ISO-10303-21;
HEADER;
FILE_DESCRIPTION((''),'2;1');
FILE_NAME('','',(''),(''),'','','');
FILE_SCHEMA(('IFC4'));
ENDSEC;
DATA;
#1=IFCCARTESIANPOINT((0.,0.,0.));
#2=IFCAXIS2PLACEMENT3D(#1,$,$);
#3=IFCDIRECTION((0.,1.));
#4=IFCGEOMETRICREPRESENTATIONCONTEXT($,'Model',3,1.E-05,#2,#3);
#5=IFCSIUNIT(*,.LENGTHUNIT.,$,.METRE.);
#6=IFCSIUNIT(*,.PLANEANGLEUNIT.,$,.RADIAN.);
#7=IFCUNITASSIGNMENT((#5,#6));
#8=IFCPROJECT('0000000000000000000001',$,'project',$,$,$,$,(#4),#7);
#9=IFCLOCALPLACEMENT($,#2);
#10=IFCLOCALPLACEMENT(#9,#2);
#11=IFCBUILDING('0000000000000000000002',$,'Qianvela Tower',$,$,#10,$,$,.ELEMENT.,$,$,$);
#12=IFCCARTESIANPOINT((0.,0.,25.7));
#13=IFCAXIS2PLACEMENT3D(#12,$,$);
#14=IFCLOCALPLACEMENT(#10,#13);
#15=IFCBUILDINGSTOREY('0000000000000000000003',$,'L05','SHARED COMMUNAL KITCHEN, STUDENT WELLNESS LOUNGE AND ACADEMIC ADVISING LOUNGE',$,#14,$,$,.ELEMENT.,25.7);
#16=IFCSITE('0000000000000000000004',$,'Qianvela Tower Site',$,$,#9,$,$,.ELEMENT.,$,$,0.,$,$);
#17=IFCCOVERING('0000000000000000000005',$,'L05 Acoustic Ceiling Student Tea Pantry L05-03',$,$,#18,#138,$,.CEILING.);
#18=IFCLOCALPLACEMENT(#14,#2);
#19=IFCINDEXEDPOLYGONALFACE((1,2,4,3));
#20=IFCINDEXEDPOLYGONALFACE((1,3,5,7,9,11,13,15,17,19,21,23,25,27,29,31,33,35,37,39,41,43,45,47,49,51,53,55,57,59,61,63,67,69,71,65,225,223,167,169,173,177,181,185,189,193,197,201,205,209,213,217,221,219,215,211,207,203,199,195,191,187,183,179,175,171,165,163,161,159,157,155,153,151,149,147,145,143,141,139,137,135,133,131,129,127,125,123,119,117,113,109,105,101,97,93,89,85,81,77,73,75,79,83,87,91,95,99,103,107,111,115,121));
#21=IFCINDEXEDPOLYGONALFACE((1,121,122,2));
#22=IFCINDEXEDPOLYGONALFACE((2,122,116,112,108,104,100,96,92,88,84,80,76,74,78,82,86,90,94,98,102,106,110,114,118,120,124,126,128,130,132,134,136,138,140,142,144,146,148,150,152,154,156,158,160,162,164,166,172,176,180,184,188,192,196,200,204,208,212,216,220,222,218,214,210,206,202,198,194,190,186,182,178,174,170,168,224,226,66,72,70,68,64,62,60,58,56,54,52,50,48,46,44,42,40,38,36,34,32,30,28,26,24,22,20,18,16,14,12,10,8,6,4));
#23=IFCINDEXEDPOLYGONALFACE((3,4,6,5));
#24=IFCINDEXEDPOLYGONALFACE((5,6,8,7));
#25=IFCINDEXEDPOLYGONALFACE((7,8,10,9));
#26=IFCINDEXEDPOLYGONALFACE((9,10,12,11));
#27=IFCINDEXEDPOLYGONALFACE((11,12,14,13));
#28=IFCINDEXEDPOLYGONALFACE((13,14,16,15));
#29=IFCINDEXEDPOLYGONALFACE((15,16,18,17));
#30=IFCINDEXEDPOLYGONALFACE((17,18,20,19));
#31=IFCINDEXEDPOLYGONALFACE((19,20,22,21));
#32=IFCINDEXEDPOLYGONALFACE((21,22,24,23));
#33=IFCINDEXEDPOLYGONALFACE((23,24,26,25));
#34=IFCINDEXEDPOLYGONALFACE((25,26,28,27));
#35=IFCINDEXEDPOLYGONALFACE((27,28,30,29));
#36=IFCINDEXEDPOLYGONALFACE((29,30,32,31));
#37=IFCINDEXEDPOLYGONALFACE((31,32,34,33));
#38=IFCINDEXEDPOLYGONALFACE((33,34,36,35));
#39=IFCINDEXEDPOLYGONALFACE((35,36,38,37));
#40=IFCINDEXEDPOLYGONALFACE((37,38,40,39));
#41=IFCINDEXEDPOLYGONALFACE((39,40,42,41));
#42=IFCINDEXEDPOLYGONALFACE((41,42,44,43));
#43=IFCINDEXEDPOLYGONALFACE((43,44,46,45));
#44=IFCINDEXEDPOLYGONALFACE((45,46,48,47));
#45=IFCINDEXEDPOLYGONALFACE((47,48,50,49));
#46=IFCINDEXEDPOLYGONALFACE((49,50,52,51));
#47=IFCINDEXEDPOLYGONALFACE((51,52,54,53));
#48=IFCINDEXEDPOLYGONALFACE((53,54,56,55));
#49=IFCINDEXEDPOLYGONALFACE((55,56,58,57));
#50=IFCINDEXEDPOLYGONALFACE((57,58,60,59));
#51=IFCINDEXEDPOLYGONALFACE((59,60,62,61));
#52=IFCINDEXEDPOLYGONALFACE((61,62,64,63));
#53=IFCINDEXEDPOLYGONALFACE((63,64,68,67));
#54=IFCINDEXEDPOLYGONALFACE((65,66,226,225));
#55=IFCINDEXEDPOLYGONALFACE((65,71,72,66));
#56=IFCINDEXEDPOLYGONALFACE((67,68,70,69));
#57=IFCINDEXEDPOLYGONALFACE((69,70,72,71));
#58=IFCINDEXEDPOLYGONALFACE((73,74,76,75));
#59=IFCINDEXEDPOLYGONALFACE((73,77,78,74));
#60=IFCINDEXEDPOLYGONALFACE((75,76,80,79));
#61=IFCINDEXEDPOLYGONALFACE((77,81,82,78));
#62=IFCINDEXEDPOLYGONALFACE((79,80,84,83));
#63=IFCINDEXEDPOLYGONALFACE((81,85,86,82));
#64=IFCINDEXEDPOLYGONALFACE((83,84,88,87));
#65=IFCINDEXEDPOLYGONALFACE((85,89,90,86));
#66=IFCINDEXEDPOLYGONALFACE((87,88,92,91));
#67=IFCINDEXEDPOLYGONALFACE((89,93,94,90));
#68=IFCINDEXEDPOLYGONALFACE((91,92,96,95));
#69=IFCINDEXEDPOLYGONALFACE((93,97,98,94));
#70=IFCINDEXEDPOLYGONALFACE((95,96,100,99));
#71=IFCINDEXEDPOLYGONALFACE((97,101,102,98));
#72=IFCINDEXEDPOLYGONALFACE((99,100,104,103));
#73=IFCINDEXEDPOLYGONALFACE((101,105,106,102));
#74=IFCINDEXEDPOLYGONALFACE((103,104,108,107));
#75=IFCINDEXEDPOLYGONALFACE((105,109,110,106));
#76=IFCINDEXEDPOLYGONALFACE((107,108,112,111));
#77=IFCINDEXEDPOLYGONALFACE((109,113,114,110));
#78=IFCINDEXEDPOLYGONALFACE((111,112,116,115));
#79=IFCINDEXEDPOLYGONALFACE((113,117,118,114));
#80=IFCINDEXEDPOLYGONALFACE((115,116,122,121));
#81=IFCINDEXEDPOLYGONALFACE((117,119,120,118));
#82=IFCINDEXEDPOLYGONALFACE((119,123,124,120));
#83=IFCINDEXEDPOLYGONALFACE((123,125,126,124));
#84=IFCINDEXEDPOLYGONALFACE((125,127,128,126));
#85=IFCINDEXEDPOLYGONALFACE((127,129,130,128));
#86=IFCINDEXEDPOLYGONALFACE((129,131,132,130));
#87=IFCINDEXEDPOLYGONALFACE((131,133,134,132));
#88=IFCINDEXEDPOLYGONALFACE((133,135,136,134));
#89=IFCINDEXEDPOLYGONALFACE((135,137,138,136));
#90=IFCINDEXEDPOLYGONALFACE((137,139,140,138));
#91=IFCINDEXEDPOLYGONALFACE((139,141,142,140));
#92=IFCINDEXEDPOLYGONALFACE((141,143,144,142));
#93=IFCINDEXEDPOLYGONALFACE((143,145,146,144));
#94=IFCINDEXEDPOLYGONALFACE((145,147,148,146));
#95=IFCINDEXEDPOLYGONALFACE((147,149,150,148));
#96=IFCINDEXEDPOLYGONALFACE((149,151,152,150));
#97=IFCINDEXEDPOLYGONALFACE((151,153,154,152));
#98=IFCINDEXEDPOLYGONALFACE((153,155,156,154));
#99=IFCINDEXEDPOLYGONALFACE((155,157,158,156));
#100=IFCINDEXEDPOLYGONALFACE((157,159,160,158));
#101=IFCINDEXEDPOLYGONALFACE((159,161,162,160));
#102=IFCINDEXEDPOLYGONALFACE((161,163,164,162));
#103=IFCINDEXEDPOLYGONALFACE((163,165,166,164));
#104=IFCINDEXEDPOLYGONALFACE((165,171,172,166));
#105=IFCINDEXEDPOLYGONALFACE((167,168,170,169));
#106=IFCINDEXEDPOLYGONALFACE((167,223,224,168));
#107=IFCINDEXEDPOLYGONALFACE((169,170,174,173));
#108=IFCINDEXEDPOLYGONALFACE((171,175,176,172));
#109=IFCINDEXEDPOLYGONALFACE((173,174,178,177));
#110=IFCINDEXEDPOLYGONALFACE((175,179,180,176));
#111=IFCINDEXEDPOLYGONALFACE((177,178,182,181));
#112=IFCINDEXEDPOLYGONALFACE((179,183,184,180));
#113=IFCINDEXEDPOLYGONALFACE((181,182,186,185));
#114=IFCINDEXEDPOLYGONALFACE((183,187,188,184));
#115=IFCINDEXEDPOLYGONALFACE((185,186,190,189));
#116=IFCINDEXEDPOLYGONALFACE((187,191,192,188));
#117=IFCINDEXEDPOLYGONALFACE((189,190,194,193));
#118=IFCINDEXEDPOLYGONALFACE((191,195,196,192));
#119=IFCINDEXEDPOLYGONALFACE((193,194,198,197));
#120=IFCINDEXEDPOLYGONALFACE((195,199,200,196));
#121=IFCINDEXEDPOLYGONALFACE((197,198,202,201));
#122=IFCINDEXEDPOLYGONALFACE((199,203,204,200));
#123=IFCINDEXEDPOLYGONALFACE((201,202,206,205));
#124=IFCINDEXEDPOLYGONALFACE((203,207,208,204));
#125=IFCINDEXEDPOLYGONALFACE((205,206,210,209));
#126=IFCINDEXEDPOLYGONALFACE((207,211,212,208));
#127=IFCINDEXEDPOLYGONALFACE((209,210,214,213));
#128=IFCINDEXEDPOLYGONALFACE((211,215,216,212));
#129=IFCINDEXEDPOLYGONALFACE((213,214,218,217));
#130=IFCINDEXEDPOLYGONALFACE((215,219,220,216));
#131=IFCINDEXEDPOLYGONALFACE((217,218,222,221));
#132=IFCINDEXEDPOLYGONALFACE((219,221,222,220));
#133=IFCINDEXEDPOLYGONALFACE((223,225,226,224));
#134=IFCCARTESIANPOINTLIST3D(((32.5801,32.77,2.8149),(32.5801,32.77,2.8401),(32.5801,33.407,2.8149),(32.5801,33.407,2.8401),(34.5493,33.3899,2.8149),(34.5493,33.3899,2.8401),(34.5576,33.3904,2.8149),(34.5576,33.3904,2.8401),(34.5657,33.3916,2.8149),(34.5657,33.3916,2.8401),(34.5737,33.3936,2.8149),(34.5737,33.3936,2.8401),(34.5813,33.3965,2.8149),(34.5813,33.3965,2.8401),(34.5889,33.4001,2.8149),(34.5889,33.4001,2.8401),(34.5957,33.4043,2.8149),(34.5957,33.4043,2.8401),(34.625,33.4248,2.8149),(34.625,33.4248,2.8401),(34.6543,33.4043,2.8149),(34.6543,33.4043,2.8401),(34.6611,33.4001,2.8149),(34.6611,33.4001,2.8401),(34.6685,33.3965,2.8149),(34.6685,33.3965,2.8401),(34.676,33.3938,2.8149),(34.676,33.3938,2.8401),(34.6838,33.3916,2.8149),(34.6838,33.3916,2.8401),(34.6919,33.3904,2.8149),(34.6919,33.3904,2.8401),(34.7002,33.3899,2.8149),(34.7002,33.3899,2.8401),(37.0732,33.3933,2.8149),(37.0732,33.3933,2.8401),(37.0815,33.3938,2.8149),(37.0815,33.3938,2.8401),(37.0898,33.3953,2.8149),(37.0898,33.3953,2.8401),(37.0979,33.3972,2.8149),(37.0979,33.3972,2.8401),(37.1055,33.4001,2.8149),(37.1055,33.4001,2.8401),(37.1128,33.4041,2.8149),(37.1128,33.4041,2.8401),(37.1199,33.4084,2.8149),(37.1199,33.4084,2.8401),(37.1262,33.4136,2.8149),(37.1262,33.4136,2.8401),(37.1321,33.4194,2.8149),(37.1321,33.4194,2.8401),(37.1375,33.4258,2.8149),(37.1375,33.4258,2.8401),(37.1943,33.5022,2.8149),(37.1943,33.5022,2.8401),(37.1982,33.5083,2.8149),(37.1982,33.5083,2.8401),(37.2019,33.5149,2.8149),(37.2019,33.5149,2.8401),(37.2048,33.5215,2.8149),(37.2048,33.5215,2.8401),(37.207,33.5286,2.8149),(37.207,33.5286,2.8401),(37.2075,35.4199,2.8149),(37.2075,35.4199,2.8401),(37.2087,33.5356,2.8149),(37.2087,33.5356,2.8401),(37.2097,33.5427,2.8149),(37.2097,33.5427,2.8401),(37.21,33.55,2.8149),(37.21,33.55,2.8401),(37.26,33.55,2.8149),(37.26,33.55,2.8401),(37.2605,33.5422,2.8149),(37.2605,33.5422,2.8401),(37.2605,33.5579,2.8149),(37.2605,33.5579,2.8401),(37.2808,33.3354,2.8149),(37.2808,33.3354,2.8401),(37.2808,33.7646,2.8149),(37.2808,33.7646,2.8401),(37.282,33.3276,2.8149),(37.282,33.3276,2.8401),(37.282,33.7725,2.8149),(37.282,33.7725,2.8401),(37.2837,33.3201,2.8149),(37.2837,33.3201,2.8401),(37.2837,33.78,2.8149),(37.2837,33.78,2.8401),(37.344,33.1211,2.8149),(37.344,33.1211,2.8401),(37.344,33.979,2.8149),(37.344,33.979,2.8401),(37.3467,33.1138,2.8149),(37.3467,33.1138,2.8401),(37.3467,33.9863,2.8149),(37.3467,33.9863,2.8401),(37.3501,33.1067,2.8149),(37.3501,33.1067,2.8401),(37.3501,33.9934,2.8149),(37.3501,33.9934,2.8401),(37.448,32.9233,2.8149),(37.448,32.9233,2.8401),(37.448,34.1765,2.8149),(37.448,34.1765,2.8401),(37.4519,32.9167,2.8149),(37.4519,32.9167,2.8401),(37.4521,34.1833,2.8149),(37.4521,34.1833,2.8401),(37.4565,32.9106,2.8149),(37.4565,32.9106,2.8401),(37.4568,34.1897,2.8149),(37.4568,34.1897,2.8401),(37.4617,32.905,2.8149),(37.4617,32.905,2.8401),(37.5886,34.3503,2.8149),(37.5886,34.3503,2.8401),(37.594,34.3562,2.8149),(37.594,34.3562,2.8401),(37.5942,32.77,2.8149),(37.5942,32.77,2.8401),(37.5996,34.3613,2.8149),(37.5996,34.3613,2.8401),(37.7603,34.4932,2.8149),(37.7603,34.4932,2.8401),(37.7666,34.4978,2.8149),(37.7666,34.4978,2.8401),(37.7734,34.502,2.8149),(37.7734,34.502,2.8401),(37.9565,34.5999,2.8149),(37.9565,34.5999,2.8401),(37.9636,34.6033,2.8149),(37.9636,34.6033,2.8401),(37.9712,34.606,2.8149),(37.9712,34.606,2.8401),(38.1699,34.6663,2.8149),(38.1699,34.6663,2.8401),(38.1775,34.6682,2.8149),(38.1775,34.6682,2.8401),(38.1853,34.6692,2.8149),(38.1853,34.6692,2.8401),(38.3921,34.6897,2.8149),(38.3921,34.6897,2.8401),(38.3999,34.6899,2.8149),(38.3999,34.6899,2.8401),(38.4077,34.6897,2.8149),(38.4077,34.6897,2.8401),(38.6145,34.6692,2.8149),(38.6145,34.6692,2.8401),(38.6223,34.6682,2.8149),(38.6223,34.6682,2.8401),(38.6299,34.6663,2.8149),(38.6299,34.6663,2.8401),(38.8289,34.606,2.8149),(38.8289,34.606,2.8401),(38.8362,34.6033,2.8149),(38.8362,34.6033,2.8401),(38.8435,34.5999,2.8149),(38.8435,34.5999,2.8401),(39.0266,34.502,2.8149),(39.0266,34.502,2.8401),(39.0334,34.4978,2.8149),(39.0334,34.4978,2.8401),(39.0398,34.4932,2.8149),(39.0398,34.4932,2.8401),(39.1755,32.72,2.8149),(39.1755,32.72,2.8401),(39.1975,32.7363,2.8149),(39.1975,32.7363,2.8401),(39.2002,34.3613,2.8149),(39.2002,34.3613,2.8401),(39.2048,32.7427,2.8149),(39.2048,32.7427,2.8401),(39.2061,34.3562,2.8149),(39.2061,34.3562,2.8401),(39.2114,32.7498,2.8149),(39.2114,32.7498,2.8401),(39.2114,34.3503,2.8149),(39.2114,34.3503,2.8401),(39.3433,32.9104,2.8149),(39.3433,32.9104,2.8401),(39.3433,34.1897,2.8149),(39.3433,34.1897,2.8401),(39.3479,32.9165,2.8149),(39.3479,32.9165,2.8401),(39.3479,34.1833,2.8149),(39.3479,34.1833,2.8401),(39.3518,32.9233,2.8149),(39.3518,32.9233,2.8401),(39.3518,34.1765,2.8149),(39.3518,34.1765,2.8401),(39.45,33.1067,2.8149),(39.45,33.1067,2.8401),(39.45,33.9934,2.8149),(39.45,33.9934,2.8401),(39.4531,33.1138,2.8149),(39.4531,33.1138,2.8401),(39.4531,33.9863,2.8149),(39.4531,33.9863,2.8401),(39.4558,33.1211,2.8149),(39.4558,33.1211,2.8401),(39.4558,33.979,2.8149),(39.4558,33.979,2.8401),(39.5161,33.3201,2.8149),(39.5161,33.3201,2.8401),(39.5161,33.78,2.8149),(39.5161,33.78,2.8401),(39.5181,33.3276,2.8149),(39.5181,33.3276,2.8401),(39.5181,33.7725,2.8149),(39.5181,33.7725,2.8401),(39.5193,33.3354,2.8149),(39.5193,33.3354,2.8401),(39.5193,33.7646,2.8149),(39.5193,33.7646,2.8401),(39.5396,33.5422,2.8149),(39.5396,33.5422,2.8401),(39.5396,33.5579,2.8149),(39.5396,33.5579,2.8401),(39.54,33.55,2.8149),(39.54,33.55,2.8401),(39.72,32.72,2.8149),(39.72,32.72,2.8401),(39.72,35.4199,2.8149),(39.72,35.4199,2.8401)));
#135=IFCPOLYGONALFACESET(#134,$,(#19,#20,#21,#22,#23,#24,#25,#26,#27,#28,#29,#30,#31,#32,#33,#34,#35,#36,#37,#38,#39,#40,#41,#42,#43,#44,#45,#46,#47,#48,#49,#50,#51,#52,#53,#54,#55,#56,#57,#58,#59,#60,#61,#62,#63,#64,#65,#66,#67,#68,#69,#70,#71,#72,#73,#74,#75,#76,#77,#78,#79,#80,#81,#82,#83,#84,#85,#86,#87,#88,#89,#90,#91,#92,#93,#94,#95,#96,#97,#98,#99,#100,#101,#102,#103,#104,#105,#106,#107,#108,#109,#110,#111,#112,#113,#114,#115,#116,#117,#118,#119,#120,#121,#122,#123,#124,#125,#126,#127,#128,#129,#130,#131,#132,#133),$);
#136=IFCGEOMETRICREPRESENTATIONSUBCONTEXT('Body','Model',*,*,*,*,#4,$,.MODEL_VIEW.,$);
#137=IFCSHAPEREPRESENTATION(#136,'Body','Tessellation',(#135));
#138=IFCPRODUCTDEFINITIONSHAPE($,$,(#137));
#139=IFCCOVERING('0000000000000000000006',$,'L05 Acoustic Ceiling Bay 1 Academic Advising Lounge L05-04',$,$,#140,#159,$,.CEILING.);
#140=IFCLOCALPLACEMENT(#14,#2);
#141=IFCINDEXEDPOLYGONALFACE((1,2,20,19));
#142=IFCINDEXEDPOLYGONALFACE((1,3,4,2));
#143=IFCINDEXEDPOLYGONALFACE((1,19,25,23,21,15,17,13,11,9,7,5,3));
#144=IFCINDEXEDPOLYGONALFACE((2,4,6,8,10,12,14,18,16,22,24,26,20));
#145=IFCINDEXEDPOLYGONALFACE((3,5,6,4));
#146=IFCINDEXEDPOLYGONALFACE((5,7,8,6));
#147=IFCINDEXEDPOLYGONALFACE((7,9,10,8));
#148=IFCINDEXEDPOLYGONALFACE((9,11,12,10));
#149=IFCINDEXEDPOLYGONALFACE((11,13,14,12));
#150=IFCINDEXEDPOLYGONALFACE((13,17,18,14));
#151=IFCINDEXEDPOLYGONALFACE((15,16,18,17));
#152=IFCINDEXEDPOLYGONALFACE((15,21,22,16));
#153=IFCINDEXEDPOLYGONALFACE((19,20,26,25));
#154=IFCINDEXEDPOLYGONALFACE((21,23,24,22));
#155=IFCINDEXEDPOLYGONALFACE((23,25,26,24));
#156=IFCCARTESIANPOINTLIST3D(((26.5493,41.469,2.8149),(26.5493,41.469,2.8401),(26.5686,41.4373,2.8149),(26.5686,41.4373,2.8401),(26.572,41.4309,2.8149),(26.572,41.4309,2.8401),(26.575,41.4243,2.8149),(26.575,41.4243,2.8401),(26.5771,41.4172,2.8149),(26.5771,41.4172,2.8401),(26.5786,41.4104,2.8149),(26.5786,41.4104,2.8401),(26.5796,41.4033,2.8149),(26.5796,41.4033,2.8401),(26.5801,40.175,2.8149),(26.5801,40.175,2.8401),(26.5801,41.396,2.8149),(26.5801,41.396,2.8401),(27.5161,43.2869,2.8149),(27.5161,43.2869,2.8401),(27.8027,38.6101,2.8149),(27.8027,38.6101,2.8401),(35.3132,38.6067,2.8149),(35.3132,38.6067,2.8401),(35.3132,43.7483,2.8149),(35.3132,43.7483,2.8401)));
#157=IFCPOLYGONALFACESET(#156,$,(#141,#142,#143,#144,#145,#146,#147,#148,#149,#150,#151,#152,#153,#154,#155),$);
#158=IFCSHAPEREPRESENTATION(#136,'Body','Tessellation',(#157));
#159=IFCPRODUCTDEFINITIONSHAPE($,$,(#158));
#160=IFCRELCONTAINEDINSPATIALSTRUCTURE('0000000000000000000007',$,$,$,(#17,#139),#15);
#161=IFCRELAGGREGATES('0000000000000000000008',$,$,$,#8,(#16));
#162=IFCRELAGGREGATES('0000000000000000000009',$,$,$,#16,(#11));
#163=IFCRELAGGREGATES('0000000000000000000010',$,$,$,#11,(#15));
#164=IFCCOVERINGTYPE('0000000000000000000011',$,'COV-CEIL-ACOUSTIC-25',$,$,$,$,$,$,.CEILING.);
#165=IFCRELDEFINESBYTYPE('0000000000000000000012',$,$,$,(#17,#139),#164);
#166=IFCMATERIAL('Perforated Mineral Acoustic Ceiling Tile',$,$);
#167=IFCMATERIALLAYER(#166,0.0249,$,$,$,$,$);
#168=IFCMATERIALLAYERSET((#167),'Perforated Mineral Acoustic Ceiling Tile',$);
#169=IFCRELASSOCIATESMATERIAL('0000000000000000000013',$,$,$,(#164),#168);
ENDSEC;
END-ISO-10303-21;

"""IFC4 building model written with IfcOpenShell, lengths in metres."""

from ifc_helpers import new_model, si_unit, direction, frame, origin, place, context, subcontext, project, spatial, polyline, outline, extrude, material, layer, layer_set, type_object, element, save


model = new_model("IFC4")

# Units and contexts
model_context = context("Model", 3, precision=1e-05, world=origin(), true_north=direction((0.0, 1.0)))
body_context = subcontext(model_context, "Body", "Model", "MODEL_VIEW")
ifc_project = project(units=[si_unit("LENGTHUNIT", "METRE"), si_unit("PLANEANGLEUNIT", "RADIAN")], contexts=[model_context])

# Site, building, storey
site_placement = place(None, origin())
site = spatial("IfcSite", under=ifc_project, at=site_placement, Name="Qianvela Tower Site", CompositionType="ELEMENT", RefElevation=0.0)
building_placement = place(site_placement, origin())
building = spatial("IfcBuilding", under=site, at=building_placement, Name="Qianvela Tower", CompositionType="ELEMENT")
storey_placement = place(building_placement, frame((0.0, 0.0, 25.7)))
storey = spatial("IfcBuildingStorey", under=building, at=storey_placement, Name="L05", Description="SHARED COMMUNAL KITCHEN, STUDENT WELLNESS LOUNGE AND ACADEMIC ADVISING LOUNGE", CompositionType="ELEMENT", Elevation=25.7)

# Coverings
ifc_material_1 = material(Name="Perforated Mineral Acoustic Ceiling Tile")
ifc_layer_1 = layer(ifc_material_1, 0.0249)
ifc_layer_set_1 = layer_set([ifc_layer_1], Name="Perforated Mineral Acoustic Ceiling Tile")
covering_type_1 = type_object("IfcCoveringType", Name="COV-CEIL-ACOUSTIC-25", PredefinedType="CEILING", material=ifc_layer_set_1)
covering_1_placement = place(storey_placement, frame((0.0, 0.0, 2.8149)))
element("IfcCovering", 1, at=covering_1_placement, inside=storey, type_object=covering_type_1, Name="L05 Acoustic Ceiling Student Tea Pantry L05-03", PredefinedType="CEILING", context=body_context, shape_type="SweptSolid", body=[
    extrude(outline(polyline([(32.5801, 32.77), (32.5801, 33.407), (34.5493, 33.3899), (34.5576, 33.3904), (34.5657, 33.3916), (34.5737, 33.3936), (34.5813, 33.3965), (34.5889, 33.4001), (34.5957, 33.4043), (34.625, 33.4248), (34.6543, 33.4043), (34.6611, 33.4001), (34.6685, 33.3965), (34.676, 33.3938), (34.6838, 33.3916), (34.6919, 33.3904), (34.7002, 33.3899), (37.0732, 33.3933), (37.0815, 33.3938), (37.0898, 33.3953), (37.0979, 33.3972), (37.1055, 33.4001), (37.1128, 33.4041), (37.1199, 33.4084), (37.1262, 33.4136), (37.1321, 33.4194), (37.1375, 33.4258), (37.1943, 33.5022), (37.1982, 33.5083), (37.2019, 33.5149), (37.2048, 33.5215), (37.207, 33.5286), (37.2087, 33.5356), (37.2097, 33.5427), (37.21, 33.55), (37.2075, 35.4199), (39.72, 35.4199), (39.72, 32.72), (39.1755, 32.72), (39.1975, 32.7363), (39.2048, 32.7427), (39.2114, 32.7498), (39.3433, 32.9104), (39.3479, 32.9165), (39.3518, 32.9233), (39.45, 33.1067), (39.4531, 33.1138), (39.4558, 33.1211), (39.5161, 33.3201), (39.5181, 33.3276), (39.5193, 33.3354), (39.5396, 33.5422), (39.54, 33.55), (39.5396, 33.5579), (39.5193, 33.7646), (39.5181, 33.7725), (39.5161, 33.78), (39.4558, 33.979), (39.4531, 33.9863), (39.45, 33.9934), (39.3518, 34.1765), (39.3479, 34.1833), (39.3433, 34.1897), (39.2114, 34.3503), (39.2061, 34.3562), (39.2002, 34.3613), (39.0398, 34.4932), (39.0334, 34.4978), (39.0266, 34.502), (38.8435, 34.5999), (38.8362, 34.6033), (38.8289, 34.606), (38.6299, 34.6663), (38.6223, 34.6682), (38.6145, 34.6692), (38.4077, 34.6897), (38.3999, 34.6899), (38.3921, 34.6897), (38.1853, 34.6692), (38.1775, 34.6682), (38.1699, 34.6663), (37.9712, 34.606), (37.9636, 34.6033), (37.9565, 34.5999), (37.7734, 34.502), (37.7666, 34.4978), (37.7603, 34.4932), (37.5996, 34.3613), (37.594, 34.3562), (37.5886, 34.3503), (37.4568, 34.1897), (37.4521, 34.1833), (37.448, 34.1765), (37.3501, 33.9934), (37.3467, 33.9863), (37.344, 33.979), (37.2837, 33.78), (37.282, 33.7725), (37.2808, 33.7646), (37.2605, 33.5579), (37.26, 33.55), (37.2605, 33.5422), (37.2808, 33.3354), (37.282, 33.3276), (37.2837, 33.3201), (37.344, 33.1211), (37.3467, 33.1138), (37.3501, 33.1067), (37.448, 32.9233), (37.4519, 32.9167), (37.4565, 32.9106), (37.4617, 32.905), (37.5942, 32.77), (32.5801, 32.77)])), origin(), (0.0, 0.0, 1.0), 0.0251),
])
covering_2_placement = place(storey_placement, frame((0.0, 0.0, 2.8149)))
element("IfcCovering", 2, at=covering_2_placement, inside=storey, type_object=covering_type_1, Name="L05 Acoustic Ceiling Bay 1 Academic Advising Lounge L05-04", PredefinedType="CEILING", context=body_context, shape_type="SweptSolid", body=[
    extrude(outline(polyline([(27.8027, 38.6101), (26.5801, 40.175), (26.5801, 41.396), (26.5796, 41.4033), (26.5786, 41.4104), (26.5771, 41.4172), (26.575, 41.4243), (26.572, 41.4309), (26.5686, 41.4373), (26.5493, 41.469), (27.5161, 43.2869), (35.3132, 43.7483), (35.3132, 38.6067), (27.8027, 38.6101)])), origin(), (0.0, 0.0, 1.0), 0.0251),
])

save(model, "model.ifc")
